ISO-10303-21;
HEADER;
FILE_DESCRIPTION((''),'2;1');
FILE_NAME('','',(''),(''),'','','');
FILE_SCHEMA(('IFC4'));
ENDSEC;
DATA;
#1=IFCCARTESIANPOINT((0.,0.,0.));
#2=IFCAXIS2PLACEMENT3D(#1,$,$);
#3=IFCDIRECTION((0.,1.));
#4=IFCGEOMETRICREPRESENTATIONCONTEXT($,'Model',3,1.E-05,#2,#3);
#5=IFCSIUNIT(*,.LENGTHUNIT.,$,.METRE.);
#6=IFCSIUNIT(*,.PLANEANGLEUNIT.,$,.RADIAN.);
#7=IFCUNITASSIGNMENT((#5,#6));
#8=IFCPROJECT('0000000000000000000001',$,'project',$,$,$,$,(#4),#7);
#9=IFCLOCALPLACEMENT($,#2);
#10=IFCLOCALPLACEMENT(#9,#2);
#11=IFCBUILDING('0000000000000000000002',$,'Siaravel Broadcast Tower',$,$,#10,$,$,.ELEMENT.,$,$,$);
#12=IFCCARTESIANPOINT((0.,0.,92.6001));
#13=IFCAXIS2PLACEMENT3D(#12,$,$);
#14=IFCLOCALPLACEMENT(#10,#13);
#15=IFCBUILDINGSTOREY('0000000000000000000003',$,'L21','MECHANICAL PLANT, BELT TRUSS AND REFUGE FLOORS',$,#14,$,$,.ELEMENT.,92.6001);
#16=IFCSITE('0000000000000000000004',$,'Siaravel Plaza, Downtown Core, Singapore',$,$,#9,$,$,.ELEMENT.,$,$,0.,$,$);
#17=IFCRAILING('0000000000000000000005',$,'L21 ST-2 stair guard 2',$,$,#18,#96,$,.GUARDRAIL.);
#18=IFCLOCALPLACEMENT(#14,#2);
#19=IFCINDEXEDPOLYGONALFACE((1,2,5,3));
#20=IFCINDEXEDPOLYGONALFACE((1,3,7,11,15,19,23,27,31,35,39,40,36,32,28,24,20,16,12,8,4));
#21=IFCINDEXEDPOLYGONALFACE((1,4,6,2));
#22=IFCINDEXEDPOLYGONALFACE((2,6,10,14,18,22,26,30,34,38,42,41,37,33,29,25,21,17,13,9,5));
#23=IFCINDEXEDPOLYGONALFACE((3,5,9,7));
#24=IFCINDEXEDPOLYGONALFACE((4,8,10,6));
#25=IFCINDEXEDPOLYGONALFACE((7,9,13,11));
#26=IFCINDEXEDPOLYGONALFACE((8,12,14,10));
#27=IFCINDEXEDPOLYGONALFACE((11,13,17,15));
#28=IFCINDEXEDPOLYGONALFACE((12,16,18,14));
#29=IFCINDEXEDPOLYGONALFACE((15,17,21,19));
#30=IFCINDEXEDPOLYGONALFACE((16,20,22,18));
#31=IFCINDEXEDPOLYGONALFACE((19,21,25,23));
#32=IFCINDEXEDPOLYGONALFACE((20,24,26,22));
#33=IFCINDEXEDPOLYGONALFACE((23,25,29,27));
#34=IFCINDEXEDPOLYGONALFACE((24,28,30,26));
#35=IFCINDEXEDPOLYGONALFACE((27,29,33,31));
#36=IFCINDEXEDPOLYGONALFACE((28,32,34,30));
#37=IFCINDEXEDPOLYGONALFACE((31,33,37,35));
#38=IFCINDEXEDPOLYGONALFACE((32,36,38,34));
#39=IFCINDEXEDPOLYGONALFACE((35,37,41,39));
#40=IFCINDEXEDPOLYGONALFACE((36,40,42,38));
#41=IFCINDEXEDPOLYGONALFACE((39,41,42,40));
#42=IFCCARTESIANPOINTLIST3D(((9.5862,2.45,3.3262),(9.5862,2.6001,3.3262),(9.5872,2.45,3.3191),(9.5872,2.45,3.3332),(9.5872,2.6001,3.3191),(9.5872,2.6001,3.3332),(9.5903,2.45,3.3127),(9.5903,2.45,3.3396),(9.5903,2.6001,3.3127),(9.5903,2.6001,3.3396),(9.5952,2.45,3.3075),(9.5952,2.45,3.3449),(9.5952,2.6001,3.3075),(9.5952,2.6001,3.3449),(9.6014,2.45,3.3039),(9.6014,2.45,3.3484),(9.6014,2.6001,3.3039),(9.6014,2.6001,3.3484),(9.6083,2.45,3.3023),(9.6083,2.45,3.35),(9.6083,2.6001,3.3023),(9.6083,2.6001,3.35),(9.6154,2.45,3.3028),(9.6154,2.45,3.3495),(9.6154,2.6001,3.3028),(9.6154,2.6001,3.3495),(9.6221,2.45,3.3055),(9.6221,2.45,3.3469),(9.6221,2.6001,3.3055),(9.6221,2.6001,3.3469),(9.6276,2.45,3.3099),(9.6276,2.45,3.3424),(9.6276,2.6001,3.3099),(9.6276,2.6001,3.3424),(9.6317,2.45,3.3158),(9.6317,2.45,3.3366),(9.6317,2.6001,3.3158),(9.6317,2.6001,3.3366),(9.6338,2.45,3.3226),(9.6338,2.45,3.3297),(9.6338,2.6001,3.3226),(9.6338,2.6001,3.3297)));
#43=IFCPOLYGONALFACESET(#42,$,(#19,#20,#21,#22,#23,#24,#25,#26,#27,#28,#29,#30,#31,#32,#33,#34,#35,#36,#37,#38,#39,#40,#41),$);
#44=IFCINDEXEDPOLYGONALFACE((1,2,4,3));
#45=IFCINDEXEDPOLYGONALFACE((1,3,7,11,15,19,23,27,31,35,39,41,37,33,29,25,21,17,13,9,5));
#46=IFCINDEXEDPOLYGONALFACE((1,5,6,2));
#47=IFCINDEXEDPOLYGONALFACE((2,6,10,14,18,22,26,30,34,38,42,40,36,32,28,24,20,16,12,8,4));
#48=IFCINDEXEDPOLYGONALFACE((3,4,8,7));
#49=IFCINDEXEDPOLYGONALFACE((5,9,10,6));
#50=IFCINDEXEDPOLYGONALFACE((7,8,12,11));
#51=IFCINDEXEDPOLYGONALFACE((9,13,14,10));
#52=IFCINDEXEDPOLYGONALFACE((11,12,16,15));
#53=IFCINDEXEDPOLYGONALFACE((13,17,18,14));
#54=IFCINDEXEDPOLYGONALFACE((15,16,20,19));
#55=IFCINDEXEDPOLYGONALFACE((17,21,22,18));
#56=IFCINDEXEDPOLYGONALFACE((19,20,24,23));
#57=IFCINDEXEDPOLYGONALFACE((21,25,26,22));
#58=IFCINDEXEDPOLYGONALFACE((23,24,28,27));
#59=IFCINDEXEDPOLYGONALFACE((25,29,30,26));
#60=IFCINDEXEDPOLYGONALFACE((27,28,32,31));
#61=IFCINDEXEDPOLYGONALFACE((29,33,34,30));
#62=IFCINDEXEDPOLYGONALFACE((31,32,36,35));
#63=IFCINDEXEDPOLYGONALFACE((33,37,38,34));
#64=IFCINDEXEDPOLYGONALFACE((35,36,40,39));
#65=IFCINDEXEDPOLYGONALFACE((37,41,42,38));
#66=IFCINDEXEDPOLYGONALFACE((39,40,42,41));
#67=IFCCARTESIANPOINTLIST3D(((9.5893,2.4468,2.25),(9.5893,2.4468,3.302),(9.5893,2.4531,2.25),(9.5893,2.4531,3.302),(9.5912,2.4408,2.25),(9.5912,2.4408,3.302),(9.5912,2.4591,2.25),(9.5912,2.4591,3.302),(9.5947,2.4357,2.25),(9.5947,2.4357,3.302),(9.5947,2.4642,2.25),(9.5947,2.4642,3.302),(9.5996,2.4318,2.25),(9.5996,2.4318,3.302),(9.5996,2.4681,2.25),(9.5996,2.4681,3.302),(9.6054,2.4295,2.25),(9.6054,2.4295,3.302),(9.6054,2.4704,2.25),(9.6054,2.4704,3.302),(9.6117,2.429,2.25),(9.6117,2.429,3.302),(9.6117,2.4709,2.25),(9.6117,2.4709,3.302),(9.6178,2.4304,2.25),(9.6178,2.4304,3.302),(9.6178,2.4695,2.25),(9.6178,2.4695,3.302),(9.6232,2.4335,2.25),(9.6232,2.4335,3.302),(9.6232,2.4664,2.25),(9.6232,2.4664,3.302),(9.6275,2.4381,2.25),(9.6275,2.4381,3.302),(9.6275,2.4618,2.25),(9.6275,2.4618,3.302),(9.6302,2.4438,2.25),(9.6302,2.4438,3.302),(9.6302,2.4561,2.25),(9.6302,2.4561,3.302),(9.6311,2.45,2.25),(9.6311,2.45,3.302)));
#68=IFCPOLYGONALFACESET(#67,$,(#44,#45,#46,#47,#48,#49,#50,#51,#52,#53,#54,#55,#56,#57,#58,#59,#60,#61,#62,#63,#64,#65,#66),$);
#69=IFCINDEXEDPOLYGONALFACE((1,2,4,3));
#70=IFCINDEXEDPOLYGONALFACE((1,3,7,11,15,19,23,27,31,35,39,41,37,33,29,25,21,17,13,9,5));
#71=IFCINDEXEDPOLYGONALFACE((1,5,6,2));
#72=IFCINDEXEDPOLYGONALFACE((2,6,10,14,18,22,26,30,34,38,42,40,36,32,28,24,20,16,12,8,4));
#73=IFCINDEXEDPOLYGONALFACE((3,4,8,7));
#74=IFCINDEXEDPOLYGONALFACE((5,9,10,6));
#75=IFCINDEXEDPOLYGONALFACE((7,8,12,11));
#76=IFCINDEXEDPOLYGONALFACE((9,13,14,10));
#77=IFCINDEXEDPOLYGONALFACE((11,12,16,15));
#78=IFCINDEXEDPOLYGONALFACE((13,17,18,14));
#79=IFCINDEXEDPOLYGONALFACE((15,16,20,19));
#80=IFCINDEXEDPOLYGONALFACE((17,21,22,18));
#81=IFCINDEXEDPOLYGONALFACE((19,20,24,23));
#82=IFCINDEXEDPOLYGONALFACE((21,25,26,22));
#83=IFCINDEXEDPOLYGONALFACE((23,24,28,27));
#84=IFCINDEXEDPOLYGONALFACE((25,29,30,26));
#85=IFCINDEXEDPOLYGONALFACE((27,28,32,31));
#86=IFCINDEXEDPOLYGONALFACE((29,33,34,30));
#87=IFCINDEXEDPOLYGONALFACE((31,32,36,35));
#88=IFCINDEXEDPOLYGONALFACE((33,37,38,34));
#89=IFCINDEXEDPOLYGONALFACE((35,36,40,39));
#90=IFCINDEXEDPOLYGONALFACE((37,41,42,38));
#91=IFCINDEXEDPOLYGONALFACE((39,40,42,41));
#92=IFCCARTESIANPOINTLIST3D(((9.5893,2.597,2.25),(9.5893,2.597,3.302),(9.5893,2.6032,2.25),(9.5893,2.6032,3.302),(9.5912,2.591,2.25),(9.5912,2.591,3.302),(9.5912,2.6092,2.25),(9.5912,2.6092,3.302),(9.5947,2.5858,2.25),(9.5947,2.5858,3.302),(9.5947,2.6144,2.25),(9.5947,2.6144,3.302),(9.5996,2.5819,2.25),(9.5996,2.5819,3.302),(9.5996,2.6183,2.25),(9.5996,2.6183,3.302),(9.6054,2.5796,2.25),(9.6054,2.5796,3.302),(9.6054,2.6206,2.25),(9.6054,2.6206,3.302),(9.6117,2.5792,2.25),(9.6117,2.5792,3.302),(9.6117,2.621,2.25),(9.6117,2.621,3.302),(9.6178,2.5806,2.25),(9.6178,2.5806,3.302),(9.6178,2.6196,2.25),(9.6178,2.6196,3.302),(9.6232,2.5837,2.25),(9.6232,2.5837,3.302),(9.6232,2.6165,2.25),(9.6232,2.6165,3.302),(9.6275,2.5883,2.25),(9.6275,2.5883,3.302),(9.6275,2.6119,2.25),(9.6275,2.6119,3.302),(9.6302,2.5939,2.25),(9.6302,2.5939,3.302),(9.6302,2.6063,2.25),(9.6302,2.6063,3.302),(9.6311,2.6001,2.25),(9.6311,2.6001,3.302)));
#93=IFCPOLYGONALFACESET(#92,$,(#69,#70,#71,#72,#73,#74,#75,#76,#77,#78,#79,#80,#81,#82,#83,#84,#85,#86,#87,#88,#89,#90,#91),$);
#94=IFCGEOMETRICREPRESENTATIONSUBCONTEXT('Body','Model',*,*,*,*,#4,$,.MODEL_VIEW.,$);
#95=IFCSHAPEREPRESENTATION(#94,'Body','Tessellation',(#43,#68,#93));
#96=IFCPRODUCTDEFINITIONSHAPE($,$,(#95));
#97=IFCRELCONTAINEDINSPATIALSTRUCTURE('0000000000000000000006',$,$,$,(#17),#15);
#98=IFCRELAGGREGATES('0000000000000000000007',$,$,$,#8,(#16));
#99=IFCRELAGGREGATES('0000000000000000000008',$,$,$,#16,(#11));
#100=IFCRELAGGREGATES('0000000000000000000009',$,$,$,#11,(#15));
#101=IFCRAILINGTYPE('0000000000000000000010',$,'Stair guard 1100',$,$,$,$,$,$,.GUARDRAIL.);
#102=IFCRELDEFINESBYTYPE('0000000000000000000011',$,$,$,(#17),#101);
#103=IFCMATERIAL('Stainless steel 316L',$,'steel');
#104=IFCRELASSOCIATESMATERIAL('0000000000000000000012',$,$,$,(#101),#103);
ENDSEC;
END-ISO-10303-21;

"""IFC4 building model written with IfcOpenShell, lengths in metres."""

from ifc_helpers import new_model, si_unit, direction, frame, origin, origin_2d, place, context, subcontext, project, spatial, circle, extrude, material, type_object, element, save


model = new_model("IFC4")

# Units and contexts
model_context = context("Model", 3, precision=1e-05, world=origin(), true_north=direction((0.0, 1.0)))
body_context = subcontext(model_context, "Body", "Model", "MODEL_VIEW")
ifc_project = project(units=[si_unit("LENGTHUNIT", "METRE"), si_unit("PLANEANGLEUNIT", "RADIAN")], contexts=[model_context])

# Site, building, storey
site_placement = place(None, origin())
site = spatial("IfcSite", under=ifc_project, at=site_placement, Name="Siaravel Plaza, Downtown Core, Singapore", CompositionType="ELEMENT", RefElevation=0.0)
building_placement = place(site_placement, origin())
building = spatial("IfcBuilding", under=site, at=building_placement, Name="Siaravel Broadcast Tower", CompositionType="ELEMENT")
storey_placement = place(building_placement, frame((0.0, 0.0, 92.6001)))
storey = spatial("IfcBuildingStorey", under=building, at=storey_placement, Name="L21", Description="MECHANICAL PLANT, BELT TRUSS AND REFUGE FLOORS", CompositionType="ELEMENT", Elevation=92.6001)

# Railing
ifc_material_1 = material(Name="Stainless steel 316L", Category="steel")
railing_type_1 = type_object("IfcRailingType", Name="Stair guard 1100", PredefinedType="GUARDRAIL", material=ifc_material_1)
railing_1_placement = place(storey_placement, frame((9.6101, 2.45, 2.25)))
element("IfcRailing", 1, at=railing_1_placement, inside=storey, type_object=railing_type_1, Name="L21 ST-2 stair guard 2", PredefinedType="GUARDRAIL", context=body_context, shape_type="SweptSolid", body=[
    extrude(circle(Radius=0.0239, at=origin_2d()), frame((0.0, 0.0, 1.0762), z_axis=(0.0, 1.0, 0.0), x_axis=(-1.0, 0.0, 0.0)), (0.0, 0.0, 1.0), 0.1501),
    extrude(circle(Radius=0.021, at=origin_2d()), origin(), (0.0, 0.0, 1.0), 1.052),
    extrude(circle(Radius=0.021, at=origin_2d()), frame((0.0, 0.1501, 0.0)), (0.0, 0.0, 1.0), 1.052),
])

save(model, "model.ifc")
